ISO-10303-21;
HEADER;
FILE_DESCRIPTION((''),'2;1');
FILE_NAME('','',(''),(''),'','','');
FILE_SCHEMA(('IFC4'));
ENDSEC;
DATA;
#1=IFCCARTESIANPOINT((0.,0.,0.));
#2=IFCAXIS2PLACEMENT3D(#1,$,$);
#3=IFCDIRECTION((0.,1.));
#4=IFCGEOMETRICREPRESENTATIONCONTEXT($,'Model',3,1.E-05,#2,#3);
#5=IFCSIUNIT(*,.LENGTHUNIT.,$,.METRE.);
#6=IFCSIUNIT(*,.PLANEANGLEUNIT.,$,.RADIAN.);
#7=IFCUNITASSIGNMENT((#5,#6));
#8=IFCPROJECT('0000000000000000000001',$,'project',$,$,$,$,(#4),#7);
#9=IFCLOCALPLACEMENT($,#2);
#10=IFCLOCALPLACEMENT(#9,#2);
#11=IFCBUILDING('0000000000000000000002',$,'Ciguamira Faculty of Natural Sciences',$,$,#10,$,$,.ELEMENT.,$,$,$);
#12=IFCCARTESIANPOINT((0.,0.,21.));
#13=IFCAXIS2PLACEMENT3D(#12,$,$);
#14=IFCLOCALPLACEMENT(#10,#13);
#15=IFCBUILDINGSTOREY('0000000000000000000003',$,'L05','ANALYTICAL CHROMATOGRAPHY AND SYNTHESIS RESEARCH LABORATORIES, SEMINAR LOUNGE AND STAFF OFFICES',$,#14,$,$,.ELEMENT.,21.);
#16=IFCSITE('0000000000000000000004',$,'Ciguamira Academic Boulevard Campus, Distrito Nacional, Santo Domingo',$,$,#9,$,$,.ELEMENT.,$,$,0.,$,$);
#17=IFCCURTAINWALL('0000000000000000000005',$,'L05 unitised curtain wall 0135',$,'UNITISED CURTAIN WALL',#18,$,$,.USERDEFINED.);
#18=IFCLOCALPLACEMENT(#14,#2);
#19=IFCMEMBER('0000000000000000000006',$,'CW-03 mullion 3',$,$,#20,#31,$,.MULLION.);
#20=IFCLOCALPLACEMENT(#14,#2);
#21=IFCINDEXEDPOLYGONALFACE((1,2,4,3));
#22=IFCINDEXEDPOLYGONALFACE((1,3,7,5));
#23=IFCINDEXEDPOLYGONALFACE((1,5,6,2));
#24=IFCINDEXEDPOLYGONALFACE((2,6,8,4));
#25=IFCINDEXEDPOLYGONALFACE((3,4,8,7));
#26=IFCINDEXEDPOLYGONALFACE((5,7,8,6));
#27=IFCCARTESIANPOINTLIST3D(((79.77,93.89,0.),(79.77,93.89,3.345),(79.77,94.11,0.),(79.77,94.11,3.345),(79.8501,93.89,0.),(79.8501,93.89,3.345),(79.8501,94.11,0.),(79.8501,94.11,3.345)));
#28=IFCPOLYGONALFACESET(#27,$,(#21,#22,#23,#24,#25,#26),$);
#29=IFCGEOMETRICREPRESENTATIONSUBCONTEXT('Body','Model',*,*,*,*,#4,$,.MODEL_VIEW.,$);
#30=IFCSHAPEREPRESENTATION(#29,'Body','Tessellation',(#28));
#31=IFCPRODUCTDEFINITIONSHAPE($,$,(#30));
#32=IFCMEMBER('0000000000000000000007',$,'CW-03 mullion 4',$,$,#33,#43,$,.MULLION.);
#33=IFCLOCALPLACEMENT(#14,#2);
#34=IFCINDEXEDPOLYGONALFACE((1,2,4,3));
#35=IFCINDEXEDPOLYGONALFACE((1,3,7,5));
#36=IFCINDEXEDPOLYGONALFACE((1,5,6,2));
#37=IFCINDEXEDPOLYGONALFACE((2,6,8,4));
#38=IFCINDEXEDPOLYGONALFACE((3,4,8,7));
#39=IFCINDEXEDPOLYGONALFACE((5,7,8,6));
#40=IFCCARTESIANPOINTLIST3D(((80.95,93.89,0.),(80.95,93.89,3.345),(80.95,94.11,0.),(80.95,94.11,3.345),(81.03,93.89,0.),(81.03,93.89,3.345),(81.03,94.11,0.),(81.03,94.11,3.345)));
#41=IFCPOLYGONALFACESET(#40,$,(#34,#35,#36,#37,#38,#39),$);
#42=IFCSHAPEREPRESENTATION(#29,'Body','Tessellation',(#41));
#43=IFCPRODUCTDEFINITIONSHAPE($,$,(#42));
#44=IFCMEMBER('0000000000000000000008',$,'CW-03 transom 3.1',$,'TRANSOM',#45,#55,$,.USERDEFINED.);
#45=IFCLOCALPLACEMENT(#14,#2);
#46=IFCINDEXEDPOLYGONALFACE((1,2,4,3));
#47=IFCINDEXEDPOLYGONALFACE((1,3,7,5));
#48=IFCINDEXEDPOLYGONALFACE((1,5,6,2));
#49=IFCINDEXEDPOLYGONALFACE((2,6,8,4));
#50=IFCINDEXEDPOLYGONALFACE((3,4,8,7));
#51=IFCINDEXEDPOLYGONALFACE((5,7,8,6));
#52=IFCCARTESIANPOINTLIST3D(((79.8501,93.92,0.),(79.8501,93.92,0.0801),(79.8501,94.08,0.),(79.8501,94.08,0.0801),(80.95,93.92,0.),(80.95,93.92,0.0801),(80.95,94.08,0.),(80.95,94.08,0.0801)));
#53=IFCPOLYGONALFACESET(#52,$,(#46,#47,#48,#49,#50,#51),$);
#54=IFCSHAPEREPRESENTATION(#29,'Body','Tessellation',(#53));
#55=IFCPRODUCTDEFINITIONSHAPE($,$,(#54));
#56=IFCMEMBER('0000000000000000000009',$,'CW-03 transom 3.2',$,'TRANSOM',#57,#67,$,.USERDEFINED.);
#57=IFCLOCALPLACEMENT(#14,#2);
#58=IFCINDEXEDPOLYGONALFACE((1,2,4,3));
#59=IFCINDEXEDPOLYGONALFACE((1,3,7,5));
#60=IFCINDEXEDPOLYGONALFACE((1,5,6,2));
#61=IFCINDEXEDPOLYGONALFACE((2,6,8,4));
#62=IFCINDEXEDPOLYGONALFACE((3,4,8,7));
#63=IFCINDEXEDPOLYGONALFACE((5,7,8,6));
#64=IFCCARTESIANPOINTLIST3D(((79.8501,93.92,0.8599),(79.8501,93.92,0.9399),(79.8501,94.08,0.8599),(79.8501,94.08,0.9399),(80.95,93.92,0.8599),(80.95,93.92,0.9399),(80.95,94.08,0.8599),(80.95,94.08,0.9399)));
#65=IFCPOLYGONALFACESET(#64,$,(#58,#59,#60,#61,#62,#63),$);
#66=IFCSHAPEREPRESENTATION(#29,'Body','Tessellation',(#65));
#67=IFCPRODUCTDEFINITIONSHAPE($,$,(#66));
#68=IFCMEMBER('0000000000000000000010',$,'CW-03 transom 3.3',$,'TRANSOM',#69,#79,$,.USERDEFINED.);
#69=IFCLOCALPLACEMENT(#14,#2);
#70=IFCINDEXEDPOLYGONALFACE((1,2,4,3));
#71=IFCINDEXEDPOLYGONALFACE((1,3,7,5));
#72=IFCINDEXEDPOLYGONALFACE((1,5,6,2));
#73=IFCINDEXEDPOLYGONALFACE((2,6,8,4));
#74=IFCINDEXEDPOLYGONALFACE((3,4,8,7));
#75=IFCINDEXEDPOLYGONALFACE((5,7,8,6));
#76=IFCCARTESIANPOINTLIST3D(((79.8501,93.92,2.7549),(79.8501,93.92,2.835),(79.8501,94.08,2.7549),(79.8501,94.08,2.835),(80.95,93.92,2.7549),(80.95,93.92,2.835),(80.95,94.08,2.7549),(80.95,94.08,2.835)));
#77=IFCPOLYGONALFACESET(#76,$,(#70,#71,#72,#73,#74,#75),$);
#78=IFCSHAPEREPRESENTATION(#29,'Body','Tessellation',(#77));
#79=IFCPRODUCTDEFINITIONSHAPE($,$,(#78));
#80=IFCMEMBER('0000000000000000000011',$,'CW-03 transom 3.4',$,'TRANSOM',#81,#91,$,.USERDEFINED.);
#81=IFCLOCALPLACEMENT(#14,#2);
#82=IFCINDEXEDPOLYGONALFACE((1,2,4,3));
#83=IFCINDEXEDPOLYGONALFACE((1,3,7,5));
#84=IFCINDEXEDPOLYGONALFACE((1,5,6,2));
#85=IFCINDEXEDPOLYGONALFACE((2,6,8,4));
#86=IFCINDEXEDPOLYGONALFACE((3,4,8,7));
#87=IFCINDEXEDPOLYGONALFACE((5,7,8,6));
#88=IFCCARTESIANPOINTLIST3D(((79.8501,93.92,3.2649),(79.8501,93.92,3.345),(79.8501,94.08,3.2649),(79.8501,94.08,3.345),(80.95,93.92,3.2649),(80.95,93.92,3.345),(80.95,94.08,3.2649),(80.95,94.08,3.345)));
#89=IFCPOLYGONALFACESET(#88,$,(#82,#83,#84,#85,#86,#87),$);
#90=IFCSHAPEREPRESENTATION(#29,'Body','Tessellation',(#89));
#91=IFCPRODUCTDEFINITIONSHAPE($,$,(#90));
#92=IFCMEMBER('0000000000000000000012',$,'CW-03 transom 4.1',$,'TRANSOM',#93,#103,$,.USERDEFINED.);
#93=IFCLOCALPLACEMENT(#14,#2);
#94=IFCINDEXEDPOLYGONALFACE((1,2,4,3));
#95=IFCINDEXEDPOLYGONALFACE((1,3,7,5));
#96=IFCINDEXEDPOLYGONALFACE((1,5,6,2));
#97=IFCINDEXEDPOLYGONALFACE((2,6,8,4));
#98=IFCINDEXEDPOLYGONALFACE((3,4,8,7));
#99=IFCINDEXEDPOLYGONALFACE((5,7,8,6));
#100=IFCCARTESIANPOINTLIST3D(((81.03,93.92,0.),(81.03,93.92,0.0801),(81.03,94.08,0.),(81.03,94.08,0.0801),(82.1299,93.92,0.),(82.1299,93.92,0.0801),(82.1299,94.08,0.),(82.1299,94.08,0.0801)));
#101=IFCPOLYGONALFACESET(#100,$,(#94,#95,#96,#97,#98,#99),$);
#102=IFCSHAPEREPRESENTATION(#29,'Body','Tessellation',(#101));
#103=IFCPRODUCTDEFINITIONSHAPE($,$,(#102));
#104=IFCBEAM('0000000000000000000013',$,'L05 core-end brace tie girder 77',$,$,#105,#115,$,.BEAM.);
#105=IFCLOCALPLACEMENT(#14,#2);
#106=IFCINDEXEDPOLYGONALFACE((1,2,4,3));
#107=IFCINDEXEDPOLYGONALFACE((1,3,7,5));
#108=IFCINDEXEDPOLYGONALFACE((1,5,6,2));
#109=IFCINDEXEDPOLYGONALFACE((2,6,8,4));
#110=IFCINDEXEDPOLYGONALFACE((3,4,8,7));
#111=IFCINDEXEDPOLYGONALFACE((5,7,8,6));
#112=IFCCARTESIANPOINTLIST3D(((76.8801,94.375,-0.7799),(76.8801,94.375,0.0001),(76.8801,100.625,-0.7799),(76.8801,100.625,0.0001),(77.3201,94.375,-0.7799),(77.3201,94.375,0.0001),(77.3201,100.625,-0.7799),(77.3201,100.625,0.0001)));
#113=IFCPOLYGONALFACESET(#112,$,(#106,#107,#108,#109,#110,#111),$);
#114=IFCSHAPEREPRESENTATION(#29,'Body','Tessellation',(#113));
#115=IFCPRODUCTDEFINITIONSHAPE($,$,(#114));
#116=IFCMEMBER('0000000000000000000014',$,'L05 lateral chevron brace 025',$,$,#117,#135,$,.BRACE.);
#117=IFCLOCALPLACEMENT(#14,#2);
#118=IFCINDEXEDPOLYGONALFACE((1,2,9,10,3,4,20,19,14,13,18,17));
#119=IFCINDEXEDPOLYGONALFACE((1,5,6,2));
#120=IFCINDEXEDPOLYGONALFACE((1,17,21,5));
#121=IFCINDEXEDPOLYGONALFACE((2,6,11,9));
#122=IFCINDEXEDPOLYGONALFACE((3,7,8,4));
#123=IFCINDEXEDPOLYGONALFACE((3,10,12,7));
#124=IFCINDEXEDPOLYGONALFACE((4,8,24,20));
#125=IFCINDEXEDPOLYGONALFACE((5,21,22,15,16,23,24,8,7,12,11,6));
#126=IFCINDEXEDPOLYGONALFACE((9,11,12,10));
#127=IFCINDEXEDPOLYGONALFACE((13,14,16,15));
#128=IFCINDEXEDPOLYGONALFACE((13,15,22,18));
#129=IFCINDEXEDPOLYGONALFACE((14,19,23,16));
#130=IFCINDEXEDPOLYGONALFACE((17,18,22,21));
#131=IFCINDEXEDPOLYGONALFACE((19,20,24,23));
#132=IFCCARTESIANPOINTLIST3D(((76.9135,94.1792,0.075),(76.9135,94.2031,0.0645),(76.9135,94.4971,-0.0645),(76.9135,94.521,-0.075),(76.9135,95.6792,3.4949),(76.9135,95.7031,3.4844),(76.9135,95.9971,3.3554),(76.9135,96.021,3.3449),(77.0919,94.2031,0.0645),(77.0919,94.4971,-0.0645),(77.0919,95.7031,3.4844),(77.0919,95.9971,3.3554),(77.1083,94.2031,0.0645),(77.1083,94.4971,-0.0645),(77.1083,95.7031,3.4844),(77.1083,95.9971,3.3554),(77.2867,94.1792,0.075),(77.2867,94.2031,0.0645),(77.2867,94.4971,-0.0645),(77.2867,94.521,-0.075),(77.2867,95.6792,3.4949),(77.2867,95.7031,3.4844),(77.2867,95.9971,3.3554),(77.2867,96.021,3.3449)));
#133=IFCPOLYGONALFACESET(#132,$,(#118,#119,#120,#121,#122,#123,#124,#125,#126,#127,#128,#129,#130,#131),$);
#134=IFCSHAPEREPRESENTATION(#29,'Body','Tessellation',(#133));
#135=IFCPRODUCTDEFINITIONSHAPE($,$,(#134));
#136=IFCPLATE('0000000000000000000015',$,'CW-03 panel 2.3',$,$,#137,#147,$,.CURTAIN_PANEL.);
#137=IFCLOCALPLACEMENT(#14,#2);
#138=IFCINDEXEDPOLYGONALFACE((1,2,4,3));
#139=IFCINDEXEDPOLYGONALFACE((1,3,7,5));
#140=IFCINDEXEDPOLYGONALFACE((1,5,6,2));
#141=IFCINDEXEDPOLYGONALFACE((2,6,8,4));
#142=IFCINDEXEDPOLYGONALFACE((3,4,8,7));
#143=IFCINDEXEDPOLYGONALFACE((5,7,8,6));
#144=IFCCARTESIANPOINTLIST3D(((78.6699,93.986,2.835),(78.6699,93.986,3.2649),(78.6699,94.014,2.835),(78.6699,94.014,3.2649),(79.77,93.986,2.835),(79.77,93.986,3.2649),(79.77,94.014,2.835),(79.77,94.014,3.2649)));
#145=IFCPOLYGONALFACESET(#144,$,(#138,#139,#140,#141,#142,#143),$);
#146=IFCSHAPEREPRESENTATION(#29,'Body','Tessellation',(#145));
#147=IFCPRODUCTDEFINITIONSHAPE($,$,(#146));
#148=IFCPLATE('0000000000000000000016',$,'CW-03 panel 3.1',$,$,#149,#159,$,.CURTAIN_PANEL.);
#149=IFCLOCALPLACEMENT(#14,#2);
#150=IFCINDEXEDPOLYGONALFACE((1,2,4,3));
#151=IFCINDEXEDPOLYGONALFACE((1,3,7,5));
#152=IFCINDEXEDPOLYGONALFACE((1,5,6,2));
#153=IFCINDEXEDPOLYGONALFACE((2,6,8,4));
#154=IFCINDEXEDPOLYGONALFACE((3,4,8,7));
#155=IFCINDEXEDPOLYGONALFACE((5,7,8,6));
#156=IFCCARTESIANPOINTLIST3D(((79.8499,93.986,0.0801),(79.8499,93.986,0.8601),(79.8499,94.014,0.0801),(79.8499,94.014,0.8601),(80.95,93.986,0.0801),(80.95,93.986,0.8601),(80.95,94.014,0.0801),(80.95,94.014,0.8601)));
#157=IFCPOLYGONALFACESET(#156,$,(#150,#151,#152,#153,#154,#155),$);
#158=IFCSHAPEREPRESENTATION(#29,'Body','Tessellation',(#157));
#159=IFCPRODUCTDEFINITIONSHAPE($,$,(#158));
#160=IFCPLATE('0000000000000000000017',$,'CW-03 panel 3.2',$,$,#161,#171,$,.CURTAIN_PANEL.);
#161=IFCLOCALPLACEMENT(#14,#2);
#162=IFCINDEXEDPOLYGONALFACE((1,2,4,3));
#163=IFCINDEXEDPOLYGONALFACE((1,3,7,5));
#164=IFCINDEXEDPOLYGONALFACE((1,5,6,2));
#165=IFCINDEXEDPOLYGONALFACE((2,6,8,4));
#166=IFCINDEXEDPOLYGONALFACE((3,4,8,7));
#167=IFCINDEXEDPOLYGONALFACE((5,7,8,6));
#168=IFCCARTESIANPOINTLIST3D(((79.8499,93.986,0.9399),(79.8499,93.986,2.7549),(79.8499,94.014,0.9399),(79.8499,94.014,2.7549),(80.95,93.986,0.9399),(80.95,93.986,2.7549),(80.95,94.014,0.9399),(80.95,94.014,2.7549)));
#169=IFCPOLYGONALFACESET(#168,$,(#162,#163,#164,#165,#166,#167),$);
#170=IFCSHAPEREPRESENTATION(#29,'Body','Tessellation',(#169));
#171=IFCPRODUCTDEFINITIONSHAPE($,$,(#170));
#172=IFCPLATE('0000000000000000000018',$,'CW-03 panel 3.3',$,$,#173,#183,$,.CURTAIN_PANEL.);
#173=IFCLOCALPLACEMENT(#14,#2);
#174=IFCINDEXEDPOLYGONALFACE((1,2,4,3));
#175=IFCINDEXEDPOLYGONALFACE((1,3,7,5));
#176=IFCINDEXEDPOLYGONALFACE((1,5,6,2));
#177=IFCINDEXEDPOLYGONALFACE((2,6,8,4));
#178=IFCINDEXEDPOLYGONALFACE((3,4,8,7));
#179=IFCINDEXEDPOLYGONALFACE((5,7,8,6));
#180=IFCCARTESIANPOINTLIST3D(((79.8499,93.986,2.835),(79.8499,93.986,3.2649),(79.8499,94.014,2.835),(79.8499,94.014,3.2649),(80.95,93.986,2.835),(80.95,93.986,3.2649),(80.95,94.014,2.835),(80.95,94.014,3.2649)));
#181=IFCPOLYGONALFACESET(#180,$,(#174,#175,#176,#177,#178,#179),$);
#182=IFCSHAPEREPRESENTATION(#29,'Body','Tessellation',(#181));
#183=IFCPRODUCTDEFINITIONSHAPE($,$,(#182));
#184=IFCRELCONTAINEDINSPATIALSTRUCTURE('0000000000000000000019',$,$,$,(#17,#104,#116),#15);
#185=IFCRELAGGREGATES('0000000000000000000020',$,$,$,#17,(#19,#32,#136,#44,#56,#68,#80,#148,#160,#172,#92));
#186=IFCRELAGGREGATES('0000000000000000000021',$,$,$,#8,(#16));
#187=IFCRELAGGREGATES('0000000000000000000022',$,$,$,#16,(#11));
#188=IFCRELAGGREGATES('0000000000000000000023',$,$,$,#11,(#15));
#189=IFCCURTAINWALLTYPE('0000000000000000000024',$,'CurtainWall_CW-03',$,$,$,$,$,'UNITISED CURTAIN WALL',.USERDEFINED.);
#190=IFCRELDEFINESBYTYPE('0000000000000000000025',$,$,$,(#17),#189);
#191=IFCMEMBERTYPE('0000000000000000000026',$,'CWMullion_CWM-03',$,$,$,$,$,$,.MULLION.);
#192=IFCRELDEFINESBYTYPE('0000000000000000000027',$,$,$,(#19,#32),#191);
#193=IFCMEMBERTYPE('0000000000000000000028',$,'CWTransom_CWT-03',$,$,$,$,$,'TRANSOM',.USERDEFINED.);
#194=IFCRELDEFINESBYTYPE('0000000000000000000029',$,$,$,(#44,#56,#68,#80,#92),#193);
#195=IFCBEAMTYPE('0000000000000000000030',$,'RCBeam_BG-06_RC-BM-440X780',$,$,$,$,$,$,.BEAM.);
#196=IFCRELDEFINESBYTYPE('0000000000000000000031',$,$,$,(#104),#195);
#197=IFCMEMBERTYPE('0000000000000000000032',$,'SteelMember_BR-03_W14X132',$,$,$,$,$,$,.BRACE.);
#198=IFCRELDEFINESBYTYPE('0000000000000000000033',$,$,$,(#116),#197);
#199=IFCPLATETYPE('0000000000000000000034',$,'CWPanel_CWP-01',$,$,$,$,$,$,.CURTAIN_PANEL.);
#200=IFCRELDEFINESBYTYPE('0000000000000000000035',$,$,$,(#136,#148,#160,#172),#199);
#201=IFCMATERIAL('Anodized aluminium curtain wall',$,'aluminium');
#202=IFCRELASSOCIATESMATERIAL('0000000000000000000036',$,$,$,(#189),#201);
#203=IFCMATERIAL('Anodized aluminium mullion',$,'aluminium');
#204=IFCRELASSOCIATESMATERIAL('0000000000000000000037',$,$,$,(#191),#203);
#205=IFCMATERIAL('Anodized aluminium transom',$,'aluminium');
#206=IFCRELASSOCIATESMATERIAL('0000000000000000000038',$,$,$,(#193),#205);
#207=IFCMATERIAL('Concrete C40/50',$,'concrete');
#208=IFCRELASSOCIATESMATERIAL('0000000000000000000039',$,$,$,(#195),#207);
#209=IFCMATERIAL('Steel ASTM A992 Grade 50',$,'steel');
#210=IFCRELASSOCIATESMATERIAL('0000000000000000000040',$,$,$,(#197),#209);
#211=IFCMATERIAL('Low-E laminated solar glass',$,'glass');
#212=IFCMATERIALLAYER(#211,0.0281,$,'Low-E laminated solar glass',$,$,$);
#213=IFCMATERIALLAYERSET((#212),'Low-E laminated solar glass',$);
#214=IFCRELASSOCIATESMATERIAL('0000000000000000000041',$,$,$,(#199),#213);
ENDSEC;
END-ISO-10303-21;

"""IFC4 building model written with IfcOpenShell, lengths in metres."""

from ifc_helpers import new_model, si_unit, direction, frame, origin, origin_2d, place, context, subcontext, project, spatial, rectangle, i_section, extrude, material, layer, layer_set, material_profile, profile_set, type_object, element, aggregate, save


model = new_model("IFC4")

# Units and contexts
model_context = context("Model", 3, precision=1e-05, world=origin(), true_north=direction((0.0, 1.0)))
body_context = subcontext(model_context, "Body", "Model", "MODEL_VIEW")
ifc_project = project(units=[si_unit("LENGTHUNIT", "METRE"), si_unit("PLANEANGLEUNIT", "RADIAN")], contexts=[model_context])

# Site, building, storey
site_placement = place(None, origin())
site = spatial("IfcSite", under=ifc_project, at=site_placement, Name="Ciguamira Academic Boulevard Campus, Distrito Nacional, Santo Domingo", CompositionType="ELEMENT", RefElevation=0.0)
building_placement = place(site_placement, origin())
building = spatial("IfcBuilding", under=site, at=building_placement, Name="Ciguamira Faculty of Natural Sciences", CompositionType="ELEMENT")
storey_placement = place(building_placement, frame((0.0, 0.0, 21.0)))
storey = spatial("IfcBuildingStorey", under=building, at=storey_placement, Name="L05", Description="ANALYTICAL CHROMATOGRAPHY AND SYNTHESIS RESEARCH LABORATORIES, SEMINAR LOUNGE AND STAFF OFFICES", CompositionType="ELEMENT", Elevation=21.0)

# Curtain wall, members
ifc_material_1 = material(Name="Anodized aluminium curtain wall", Category="aluminium")
curtain_wall_type = type_object("IfcCurtainWallType", Name="CurtainWall_CW-03", ElementType="UNITISED CURTAIN WALL", PredefinedType="USERDEFINED", material=ifc_material_1)
curtain_wall_placement = place(storey_placement, origin())
curtain_wall = element("IfcCurtainWall", 1, at=curtain_wall_placement, inside=storey, type_object=curtain_wall_type, Name="L05 unitised curtain wall 0135", ObjectType="UNITISED CURTAIN WALL", PredefinedType="USERDEFINED")
ifc_material_2 = material(Name="Anodized aluminium mullion", Category="aluminium")
ifc_material_profile_1 = material_profile(ifc_material_2, rectangle(XDim=0.0801, YDim=0.22, at=origin_2d()), Name="ALU-MUL-80X220")
ifc_profile_set_1 = profile_set([ifc_material_profile_1], Name="Anodized aluminium mullion")
member_type_1 = type_object("IfcMemberType", Name="CWMullion_CWM-03", PredefinedType="MULLION", material=ifc_profile_set_1)
member_1_placement = place(storey_placement, frame((79.8101, 94.0, 0.0), z_axis=(0.0, 0.0, 1.0), x_axis=(1.0, 0.0, 0.0)))
member_1 = element("IfcMember", 2, at=member_1_placement, type_object=member_type_1, Name="CW-03 mullion 3", PredefinedType="MULLION", context=body_context, shape_type="SweptSolid", body=[
    extrude(rectangle(XDim=0.0801, YDim=0.22, at=origin_2d()), origin(), (0.0, 0.0, 1.0), 3.345),
])
member_2_placement = place(storey_placement, frame((80.99, 94.0, 0.0), z_axis=(0.0, 0.0, 1.0), x_axis=(1.0, 0.0, 0.0)))
member_2 = element("IfcMember", 3, at=member_2_placement, type_object=member_type_1, Name="CW-03 mullion 4", PredefinedType="MULLION", context=body_context, shape_type="SweptSolid", body=[
    extrude(rectangle(XDim=0.0801, YDim=0.22, at=origin_2d()), origin(), (0.0, 0.0, 1.0), 3.345),
])
ifc_material_3 = material(Name="Anodized aluminium transom", Category="aluminium")
ifc_material_profile_2 = material_profile(ifc_material_3, rectangle(XDim=0.0801, YDim=0.1599, at=origin_2d()), Name="ALU-TRN-80X160")
ifc_profile_set_2 = profile_set([ifc_material_profile_2], Name="Anodized aluminium transom")
member_type_2 = type_object("IfcMemberType", Name="CWTransom_CWT-03", ElementType="TRANSOM", PredefinedType="USERDEFINED", material=ifc_profile_set_2)
member_3_placement = place(storey_placement, frame((79.8501, 94.0, 0.04), z_axis=(1.0, 0.0, 0.0), x_axis=(0.0, 0.0, 1.0)))
member_3 = element("IfcMember", 4, at=member_3_placement, type_object=member_type_2, Name="CW-03 transom 3.1", ObjectType="TRANSOM", PredefinedType="USERDEFINED", context=body_context, shape_type="SweptSolid", body=[
    extrude(rectangle(XDim=0.0801, YDim=0.1599, at=origin_2d()), origin(), (0.0, 0.0, 1.0), 1.0999),
])
member_4_placement = place(storey_placement, frame((79.8501, 94.0, 0.8999), z_axis=(1.0, 0.0, 0.0), x_axis=(0.0, 0.0, 1.0)))
member_4 = element("IfcMember", 5, at=member_4_placement, type_object=member_type_2, Name="CW-03 transom 3.2", ObjectType="TRANSOM", PredefinedType="USERDEFINED", context=body_context, shape_type="SweptSolid", body=[
    extrude(rectangle(XDim=0.0801, YDim=0.1599, at=origin_2d()), origin(), (0.0, 0.0, 1.0), 1.0999),
])
member_5_placement = place(storey_placement, frame((79.8501, 94.0, 2.7949), z_axis=(1.0, 0.0, 0.0), x_axis=(0.0, 0.0, 1.0)))
member_5 = element("IfcMember", 6, at=member_5_placement, type_object=member_type_2, Name="CW-03 transom 3.3", ObjectType="TRANSOM", PredefinedType="USERDEFINED", context=body_context, shape_type="SweptSolid", body=[
    extrude(rectangle(XDim=0.0801, YDim=0.1599, at=origin_2d()), origin(), (0.0, 0.0, 1.0), 1.0999),
])
member_6_placement = place(storey_placement, frame((79.8501, 94.0, 3.3049), z_axis=(1.0, 0.0, 0.0), x_axis=(0.0, 0.0, 1.0)))
member_6 = element("IfcMember", 7, at=member_6_placement, type_object=member_type_2, Name="CW-03 transom 3.4", ObjectType="TRANSOM", PredefinedType="USERDEFINED", context=body_context, shape_type="SweptSolid", body=[
    extrude(rectangle(XDim=0.0801, YDim=0.1599, at=origin_2d()), origin(), (0.0, 0.0, 1.0), 1.0999),
])
member_7_placement = place(storey_placement, frame((81.03, 94.0, 0.04), z_axis=(1.0, 0.0, 0.0), x_axis=(0.0, 0.0, 1.0)))
member_7 = element("IfcMember", 8, at=member_7_placement, type_object=member_type_2, Name="CW-03 transom 4.1", ObjectType="TRANSOM", PredefinedType="USERDEFINED", context=body_context, shape_type="SweptSolid", body=[
    extrude(rectangle(XDim=0.0801, YDim=0.1599, at=origin_2d()), origin(), (0.0, 0.0, 1.0), 1.0999),
])

# Beam
ifc_material_4 = material(Name="Concrete C40/50", Category="concrete")
ifc_material_profile_3 = material_profile(ifc_material_4, rectangle(XDim=0.4399, YDim=0.78, at=origin_2d()), Name="RC-BM-440X780")
ifc_profile_set_3 = profile_set([ifc_material_profile_3], Name="Concrete C40/50")
beam_type = type_object("IfcBeamType", Name="RCBeam_BG-06_RC-BM-440X780", PredefinedType="BEAM", material=ifc_profile_set_3)
beam_placement = place(storey_placement, frame((77.1001, 94.375, -0.3899), z_axis=(0.0, 1.0, 0.0), x_axis=(-1.0, 0.0, 0.0)))
element("IfcBeam", 9, at=beam_placement, inside=storey, type_object=beam_type, Name="L05 core-end brace tie girder 77", PredefinedType="BEAM", context=body_context, shape_type="SweptSolid", body=[
    extrude(rectangle(XDim=0.4399, YDim=0.78, at=origin_2d()), origin(), (0.0, 0.0, 1.0), 6.25),
])

# Member
ifc_material_5 = material(Name="Steel ASTM A992 Grade 50", Category="steel")
ifc_material_profile_4 = material_profile(ifc_material_5, i_section(OverallWidth=0.3733, OverallDepth=0.3733, WebThickness=0.0164, FlangeThickness=0.0261, at=origin_2d()), Name="W14X132")
ifc_profile_set_4 = profile_set([ifc_material_profile_4], Name="Steel ASTM A992 Grade 50")
member_type_3 = type_object("IfcMemberType", Name="SteelMember_BR-03_W14X132", PredefinedType="BRACE", material=ifc_profile_set_4)
member_8_placement = place(storey_placement, frame((77.1001, 94.3501, 0.0), z_axis=(0.0, 0.401669, 0.915785), x_axis=(-1.0, 0.0, 0.0)))
element("IfcMember", 10, at=member_8_placement, inside=storey, type_object=member_type_3, Name="L05 lateral chevron brace 025", PredefinedType="BRACE", context=body_context, shape_type="SweptSolid", body=[
    extrude(i_section(OverallWidth=0.3733, OverallDepth=0.3733, WebThickness=0.0164, FlangeThickness=0.0261, at=origin_2d()), origin(), (0.0, 0.0, 1.0), 3.7344),
])

# Plates
ifc_material_6 = material(Name="Low-E laminated solar glass", Category="glass")
ifc_layer_1 = layer(ifc_material_6, 0.0281, Name="Low-E laminated solar glass")
ifc_layer_set_1 = layer_set([ifc_layer_1], Name="Low-E laminated solar glass")
plate_type_1 = type_object("IfcPlateType", Name="CWPanel_CWP-01", PredefinedType="CURTAIN_PANEL", material=ifc_layer_set_1)
plate_1_placement = place(storey_placement, frame((79.22, 94.0, 2.835), z_axis=(0.0, 0.0, 1.0), x_axis=(1.0, 0.0, 0.0)))
plate_1 = element("IfcPlate", 11, at=plate_1_placement, type_object=plate_type_1, Name="CW-03 panel 2.3", PredefinedType="CURTAIN_PANEL", context=body_context, shape_type="SweptSolid", body=[
    extrude(rectangle(XDim=1.1001, YDim=0.0281, at=origin_2d()), origin(), (0.0, 0.0, 1.0), 0.4299),
])
plate_2_placement = place(storey_placement, frame((80.3999, 94.0, 0.0801), z_axis=(0.0, 0.0, 1.0), x_axis=(1.0, 0.0, 0.0)))
plate_2 = element("IfcPlate", 12, at=plate_2_placement, type_object=plate_type_1, Name="CW-03 panel 3.1", PredefinedType="CURTAIN_PANEL", context=body_context, shape_type="SweptSolid", body=[
    extrude(rectangle(XDim=1.1001, YDim=0.0281, at=origin_2d()), origin(), (0.0, 0.0, 1.0), 0.78),
])
plate_3_placement = place(storey_placement, frame((80.3999, 94.0, 0.9399), z_axis=(0.0, 0.0, 1.0), x_axis=(1.0, 0.0, 0.0)))
plate_3 = element("IfcPlate", 13, at=plate_3_placement, type_object=plate_type_1, Name="CW-03 panel 3.2", PredefinedType="CURTAIN_PANEL", context=body_context, shape_type="SweptSolid", body=[
    extrude(rectangle(XDim=1.1001, YDim=0.0281, at=origin_2d()), origin(), (0.0, 0.0, 1.0), 1.8149),
])
plate_4_placement = place(storey_placement, frame((80.3999, 94.0, 2.835), z_axis=(0.0, 0.0, 1.0), x_axis=(1.0, 0.0, 0.0)))
plate_4 = element("IfcPlate", 14, at=plate_4_placement, type_object=plate_type_1, Name="CW-03 panel 3.3", PredefinedType="CURTAIN_PANEL", context=body_context, shape_type="SweptSolid", body=[
    extrude(rectangle(XDim=1.1001, YDim=0.0281, at=origin_2d()), origin(), (0.0, 0.0, 1.0), 0.4299),
])
aggregate(curtain_wall, [member_1, member_2, plate_1, member_3, member_4, member_5, member_6, plate_2, plate_3, plate_4, member_7])

save(model, "model.ifc")
